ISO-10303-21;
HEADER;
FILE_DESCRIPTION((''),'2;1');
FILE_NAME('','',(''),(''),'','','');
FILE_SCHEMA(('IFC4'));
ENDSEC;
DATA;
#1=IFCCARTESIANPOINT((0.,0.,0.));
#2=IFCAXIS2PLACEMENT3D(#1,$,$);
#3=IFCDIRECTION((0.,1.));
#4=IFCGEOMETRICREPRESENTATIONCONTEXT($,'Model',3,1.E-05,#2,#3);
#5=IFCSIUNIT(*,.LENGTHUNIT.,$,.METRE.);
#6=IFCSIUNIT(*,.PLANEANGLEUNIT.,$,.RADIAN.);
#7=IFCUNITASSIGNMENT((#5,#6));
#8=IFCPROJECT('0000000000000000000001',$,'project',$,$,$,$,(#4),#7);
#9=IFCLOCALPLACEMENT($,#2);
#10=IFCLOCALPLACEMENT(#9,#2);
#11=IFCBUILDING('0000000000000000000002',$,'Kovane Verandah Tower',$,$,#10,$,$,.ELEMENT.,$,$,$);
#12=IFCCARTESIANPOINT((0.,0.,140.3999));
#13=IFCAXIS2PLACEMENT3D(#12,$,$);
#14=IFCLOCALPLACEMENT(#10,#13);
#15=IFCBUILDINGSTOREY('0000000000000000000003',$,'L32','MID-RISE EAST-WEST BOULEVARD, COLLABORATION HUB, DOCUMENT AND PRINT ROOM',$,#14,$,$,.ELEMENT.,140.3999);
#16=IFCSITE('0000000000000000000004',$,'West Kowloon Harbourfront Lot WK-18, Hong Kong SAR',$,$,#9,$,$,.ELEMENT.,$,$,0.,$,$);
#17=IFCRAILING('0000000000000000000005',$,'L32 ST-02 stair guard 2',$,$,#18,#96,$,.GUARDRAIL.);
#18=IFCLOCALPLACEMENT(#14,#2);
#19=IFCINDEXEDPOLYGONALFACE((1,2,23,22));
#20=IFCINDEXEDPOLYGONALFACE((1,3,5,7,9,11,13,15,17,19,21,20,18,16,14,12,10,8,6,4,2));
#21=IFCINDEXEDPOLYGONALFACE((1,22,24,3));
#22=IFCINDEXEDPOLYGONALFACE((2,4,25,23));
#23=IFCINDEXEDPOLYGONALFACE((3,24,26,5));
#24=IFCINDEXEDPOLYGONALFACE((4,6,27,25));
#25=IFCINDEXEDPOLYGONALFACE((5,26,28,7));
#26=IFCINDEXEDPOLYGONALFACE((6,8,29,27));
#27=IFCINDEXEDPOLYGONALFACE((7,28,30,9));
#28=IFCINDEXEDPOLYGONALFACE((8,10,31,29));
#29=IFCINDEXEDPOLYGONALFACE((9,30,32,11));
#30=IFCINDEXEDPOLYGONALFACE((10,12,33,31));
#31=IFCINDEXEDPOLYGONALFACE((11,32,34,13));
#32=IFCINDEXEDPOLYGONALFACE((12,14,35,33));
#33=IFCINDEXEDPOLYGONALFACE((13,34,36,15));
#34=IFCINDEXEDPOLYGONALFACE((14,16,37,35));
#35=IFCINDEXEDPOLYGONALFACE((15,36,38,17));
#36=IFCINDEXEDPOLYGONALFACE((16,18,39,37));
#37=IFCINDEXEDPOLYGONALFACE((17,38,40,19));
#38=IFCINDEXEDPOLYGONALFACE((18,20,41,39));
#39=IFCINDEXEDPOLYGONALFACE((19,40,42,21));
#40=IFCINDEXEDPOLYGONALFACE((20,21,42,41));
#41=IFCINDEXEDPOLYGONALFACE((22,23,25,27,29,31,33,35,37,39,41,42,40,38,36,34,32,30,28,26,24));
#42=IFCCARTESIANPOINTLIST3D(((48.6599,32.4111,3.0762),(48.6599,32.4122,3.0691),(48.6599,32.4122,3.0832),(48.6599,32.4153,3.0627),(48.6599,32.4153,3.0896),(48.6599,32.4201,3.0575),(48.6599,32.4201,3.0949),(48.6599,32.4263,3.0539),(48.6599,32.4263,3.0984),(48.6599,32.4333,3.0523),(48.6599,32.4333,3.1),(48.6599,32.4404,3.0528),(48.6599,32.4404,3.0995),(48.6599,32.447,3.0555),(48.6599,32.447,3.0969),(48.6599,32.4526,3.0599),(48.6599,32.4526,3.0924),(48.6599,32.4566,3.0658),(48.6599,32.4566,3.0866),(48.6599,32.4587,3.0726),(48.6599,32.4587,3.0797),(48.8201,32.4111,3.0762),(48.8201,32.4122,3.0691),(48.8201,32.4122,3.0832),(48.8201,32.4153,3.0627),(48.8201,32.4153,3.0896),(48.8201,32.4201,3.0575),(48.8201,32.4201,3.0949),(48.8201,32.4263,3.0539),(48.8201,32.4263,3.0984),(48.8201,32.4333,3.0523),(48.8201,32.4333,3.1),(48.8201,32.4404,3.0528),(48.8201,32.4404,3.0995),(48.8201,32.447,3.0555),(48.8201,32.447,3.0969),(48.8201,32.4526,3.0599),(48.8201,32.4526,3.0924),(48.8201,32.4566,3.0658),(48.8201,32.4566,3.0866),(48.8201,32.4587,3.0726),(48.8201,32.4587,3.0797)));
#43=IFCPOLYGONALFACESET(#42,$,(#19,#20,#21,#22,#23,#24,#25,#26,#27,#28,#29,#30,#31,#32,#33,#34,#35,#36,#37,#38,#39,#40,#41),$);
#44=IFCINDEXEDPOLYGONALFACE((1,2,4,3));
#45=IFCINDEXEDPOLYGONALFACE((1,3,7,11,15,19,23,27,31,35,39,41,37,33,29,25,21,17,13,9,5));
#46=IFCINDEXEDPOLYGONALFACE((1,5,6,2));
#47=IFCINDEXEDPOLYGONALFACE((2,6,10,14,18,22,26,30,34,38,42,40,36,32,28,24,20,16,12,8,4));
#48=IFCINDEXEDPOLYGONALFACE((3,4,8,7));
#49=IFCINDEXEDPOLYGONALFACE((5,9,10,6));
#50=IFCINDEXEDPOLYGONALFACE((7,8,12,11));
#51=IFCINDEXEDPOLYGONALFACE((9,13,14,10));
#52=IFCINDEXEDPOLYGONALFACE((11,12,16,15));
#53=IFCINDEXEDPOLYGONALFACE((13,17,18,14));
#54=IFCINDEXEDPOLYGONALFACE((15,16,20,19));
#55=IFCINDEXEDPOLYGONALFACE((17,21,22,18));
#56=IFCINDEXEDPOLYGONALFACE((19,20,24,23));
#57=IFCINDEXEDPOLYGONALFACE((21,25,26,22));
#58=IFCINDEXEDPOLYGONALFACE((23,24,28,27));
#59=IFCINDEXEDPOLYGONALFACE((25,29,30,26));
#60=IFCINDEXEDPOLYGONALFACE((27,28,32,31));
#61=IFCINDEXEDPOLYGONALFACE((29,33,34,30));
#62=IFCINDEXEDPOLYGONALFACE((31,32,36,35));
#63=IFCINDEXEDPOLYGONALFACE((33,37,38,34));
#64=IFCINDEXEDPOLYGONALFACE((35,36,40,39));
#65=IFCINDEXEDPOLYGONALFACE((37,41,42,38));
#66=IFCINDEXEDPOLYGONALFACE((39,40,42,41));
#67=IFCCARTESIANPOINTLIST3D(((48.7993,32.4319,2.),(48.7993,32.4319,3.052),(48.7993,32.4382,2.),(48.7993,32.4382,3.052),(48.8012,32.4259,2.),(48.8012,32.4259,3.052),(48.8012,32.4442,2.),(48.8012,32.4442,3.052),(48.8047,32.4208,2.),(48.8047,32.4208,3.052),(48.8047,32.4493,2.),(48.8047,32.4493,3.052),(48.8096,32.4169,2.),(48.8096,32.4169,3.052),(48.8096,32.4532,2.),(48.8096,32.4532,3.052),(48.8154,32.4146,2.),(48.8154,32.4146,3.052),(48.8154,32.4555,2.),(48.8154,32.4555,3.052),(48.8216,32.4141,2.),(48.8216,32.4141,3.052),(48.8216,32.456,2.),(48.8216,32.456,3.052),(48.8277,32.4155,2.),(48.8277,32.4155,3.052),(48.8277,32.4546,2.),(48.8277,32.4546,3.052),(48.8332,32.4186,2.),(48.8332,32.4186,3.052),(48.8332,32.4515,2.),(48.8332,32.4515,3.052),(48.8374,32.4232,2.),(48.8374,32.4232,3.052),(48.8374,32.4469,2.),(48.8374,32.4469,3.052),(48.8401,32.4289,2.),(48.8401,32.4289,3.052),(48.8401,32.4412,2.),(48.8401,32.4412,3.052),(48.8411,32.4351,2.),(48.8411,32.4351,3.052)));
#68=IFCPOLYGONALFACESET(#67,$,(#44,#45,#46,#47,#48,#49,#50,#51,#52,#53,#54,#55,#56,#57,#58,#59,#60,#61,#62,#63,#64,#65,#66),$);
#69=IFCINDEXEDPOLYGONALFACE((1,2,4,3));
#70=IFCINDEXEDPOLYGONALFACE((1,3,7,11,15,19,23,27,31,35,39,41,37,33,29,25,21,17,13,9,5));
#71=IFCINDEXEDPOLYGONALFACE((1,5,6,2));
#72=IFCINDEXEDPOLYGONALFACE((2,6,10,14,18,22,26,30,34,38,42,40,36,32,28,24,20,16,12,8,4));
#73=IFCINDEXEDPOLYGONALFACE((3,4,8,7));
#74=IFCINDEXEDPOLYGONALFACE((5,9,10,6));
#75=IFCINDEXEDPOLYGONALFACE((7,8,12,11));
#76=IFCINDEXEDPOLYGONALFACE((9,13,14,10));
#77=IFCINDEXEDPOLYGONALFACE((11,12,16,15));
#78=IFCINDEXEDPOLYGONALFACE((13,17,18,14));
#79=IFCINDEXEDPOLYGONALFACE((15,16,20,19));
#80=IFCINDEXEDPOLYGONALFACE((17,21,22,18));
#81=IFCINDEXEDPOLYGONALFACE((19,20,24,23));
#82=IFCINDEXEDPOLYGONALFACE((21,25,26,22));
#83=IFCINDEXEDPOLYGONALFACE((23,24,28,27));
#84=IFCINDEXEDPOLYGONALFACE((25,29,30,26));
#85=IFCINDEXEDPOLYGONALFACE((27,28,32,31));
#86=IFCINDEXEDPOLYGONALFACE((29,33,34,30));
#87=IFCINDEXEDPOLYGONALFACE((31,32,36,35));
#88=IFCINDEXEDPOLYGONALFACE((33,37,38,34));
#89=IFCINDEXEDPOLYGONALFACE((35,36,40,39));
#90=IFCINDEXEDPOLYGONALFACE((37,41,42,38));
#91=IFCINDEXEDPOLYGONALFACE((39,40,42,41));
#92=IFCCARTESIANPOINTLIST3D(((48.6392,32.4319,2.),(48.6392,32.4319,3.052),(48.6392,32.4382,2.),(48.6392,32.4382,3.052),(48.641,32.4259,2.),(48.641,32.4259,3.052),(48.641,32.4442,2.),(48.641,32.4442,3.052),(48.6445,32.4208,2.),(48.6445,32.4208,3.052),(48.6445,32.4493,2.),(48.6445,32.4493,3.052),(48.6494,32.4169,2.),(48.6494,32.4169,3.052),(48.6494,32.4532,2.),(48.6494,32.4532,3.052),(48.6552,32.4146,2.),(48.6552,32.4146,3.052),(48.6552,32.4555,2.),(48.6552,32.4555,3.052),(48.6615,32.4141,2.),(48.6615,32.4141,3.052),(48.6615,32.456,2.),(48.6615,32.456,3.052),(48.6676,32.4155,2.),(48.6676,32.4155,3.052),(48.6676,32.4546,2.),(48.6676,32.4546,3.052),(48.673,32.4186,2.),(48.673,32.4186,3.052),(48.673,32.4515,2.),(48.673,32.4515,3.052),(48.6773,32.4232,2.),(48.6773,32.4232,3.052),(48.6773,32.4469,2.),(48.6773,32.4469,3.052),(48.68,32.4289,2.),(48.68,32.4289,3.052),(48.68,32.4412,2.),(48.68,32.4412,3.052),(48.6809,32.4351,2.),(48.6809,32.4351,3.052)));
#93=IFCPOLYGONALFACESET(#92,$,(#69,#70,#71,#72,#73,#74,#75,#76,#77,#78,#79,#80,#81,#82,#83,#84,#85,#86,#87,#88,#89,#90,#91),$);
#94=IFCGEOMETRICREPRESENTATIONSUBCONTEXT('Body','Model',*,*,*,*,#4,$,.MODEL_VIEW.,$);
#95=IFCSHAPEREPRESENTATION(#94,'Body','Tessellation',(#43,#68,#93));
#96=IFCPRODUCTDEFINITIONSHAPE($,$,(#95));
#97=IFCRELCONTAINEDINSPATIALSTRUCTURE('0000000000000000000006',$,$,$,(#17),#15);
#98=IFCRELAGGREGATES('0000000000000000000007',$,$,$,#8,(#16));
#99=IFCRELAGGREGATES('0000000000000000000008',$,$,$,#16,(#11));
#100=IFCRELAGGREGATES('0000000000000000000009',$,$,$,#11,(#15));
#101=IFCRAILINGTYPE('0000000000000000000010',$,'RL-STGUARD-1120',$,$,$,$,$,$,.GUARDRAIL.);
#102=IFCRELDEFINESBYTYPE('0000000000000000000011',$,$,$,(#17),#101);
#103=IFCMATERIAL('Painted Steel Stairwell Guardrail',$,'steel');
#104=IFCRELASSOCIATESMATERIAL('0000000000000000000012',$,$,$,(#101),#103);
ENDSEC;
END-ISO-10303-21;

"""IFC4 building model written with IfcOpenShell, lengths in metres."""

from ifc_helpers import new_model, si_unit, direction, frame, origin, origin_2d, place, context, subcontext, project, spatial, circle, extrude, material, type_object, element, save


model = new_model("IFC4")

# Units and contexts
model_context = context("Model", 3, precision=1e-05, world=origin(), true_north=direction((0.0, 1.0)))
body_context = subcontext(model_context, "Body", "Model", "MODEL_VIEW")
ifc_project = project(units=[si_unit("LENGTHUNIT", "METRE"), si_unit("PLANEANGLEUNIT", "RADIAN")], contexts=[model_context])

# Site, building, storey
site_placement = place(None, origin())
site = spatial("IfcSite", under=ifc_project, at=site_placement, Name="West Kowloon Harbourfront Lot WK-18, Hong Kong SAR", CompositionType="ELEMENT", RefElevation=0.0)
building_placement = place(site_placement, origin())
building = spatial("IfcBuilding", under=site, at=building_placement, Name="Kovane Verandah Tower", CompositionType="ELEMENT")
storey_placement = place(building_placement, frame((0.0, 0.0, 140.3999)))
storey = spatial("IfcBuildingStorey", under=building, at=storey_placement, Name="L32", Description="MID-RISE EAST-WEST BOULEVARD, COLLABORATION HUB, DOCUMENT AND PRINT ROOM", CompositionType="ELEMENT", Elevation=140.3999)

# Railing
ifc_material_1 = material(Name="Painted Steel Stairwell Guardrail", Category="steel")
railing_type_1 = type_object("IfcRailingType", Name="RL-STGUARD-1120", PredefinedType="GUARDRAIL", material=ifc_material_1)
railing_1_placement = place(storey_placement, frame((48.8201, 32.4351, 2.0)))
element("IfcRailing", 1, at=railing_1_placement, inside=storey, type_object=railing_type_1, Name="L32 ST-02 stair guard 2", PredefinedType="GUARDRAIL", context=body_context, shape_type="SweptSolid", body=[
    extrude(circle(Radius=0.0239, at=origin_2d()), frame((0.0, 0.0, 1.0762), z_axis=(-1.0, 0.0, 0.0), x_axis=(0.0, -1.0, 0.0)), (0.0, 0.0, 1.0), 0.1602),
    extrude(circle(Radius=0.021, at=origin_2d()), origin(), (0.0, 0.0, 1.0), 1.052),
    extrude(circle(Radius=0.021, at=origin_2d()), frame((-0.1602, 0.0, 0.0)), (0.0, 0.0, 1.0), 1.052),
])

save(model, "model.ifc")
